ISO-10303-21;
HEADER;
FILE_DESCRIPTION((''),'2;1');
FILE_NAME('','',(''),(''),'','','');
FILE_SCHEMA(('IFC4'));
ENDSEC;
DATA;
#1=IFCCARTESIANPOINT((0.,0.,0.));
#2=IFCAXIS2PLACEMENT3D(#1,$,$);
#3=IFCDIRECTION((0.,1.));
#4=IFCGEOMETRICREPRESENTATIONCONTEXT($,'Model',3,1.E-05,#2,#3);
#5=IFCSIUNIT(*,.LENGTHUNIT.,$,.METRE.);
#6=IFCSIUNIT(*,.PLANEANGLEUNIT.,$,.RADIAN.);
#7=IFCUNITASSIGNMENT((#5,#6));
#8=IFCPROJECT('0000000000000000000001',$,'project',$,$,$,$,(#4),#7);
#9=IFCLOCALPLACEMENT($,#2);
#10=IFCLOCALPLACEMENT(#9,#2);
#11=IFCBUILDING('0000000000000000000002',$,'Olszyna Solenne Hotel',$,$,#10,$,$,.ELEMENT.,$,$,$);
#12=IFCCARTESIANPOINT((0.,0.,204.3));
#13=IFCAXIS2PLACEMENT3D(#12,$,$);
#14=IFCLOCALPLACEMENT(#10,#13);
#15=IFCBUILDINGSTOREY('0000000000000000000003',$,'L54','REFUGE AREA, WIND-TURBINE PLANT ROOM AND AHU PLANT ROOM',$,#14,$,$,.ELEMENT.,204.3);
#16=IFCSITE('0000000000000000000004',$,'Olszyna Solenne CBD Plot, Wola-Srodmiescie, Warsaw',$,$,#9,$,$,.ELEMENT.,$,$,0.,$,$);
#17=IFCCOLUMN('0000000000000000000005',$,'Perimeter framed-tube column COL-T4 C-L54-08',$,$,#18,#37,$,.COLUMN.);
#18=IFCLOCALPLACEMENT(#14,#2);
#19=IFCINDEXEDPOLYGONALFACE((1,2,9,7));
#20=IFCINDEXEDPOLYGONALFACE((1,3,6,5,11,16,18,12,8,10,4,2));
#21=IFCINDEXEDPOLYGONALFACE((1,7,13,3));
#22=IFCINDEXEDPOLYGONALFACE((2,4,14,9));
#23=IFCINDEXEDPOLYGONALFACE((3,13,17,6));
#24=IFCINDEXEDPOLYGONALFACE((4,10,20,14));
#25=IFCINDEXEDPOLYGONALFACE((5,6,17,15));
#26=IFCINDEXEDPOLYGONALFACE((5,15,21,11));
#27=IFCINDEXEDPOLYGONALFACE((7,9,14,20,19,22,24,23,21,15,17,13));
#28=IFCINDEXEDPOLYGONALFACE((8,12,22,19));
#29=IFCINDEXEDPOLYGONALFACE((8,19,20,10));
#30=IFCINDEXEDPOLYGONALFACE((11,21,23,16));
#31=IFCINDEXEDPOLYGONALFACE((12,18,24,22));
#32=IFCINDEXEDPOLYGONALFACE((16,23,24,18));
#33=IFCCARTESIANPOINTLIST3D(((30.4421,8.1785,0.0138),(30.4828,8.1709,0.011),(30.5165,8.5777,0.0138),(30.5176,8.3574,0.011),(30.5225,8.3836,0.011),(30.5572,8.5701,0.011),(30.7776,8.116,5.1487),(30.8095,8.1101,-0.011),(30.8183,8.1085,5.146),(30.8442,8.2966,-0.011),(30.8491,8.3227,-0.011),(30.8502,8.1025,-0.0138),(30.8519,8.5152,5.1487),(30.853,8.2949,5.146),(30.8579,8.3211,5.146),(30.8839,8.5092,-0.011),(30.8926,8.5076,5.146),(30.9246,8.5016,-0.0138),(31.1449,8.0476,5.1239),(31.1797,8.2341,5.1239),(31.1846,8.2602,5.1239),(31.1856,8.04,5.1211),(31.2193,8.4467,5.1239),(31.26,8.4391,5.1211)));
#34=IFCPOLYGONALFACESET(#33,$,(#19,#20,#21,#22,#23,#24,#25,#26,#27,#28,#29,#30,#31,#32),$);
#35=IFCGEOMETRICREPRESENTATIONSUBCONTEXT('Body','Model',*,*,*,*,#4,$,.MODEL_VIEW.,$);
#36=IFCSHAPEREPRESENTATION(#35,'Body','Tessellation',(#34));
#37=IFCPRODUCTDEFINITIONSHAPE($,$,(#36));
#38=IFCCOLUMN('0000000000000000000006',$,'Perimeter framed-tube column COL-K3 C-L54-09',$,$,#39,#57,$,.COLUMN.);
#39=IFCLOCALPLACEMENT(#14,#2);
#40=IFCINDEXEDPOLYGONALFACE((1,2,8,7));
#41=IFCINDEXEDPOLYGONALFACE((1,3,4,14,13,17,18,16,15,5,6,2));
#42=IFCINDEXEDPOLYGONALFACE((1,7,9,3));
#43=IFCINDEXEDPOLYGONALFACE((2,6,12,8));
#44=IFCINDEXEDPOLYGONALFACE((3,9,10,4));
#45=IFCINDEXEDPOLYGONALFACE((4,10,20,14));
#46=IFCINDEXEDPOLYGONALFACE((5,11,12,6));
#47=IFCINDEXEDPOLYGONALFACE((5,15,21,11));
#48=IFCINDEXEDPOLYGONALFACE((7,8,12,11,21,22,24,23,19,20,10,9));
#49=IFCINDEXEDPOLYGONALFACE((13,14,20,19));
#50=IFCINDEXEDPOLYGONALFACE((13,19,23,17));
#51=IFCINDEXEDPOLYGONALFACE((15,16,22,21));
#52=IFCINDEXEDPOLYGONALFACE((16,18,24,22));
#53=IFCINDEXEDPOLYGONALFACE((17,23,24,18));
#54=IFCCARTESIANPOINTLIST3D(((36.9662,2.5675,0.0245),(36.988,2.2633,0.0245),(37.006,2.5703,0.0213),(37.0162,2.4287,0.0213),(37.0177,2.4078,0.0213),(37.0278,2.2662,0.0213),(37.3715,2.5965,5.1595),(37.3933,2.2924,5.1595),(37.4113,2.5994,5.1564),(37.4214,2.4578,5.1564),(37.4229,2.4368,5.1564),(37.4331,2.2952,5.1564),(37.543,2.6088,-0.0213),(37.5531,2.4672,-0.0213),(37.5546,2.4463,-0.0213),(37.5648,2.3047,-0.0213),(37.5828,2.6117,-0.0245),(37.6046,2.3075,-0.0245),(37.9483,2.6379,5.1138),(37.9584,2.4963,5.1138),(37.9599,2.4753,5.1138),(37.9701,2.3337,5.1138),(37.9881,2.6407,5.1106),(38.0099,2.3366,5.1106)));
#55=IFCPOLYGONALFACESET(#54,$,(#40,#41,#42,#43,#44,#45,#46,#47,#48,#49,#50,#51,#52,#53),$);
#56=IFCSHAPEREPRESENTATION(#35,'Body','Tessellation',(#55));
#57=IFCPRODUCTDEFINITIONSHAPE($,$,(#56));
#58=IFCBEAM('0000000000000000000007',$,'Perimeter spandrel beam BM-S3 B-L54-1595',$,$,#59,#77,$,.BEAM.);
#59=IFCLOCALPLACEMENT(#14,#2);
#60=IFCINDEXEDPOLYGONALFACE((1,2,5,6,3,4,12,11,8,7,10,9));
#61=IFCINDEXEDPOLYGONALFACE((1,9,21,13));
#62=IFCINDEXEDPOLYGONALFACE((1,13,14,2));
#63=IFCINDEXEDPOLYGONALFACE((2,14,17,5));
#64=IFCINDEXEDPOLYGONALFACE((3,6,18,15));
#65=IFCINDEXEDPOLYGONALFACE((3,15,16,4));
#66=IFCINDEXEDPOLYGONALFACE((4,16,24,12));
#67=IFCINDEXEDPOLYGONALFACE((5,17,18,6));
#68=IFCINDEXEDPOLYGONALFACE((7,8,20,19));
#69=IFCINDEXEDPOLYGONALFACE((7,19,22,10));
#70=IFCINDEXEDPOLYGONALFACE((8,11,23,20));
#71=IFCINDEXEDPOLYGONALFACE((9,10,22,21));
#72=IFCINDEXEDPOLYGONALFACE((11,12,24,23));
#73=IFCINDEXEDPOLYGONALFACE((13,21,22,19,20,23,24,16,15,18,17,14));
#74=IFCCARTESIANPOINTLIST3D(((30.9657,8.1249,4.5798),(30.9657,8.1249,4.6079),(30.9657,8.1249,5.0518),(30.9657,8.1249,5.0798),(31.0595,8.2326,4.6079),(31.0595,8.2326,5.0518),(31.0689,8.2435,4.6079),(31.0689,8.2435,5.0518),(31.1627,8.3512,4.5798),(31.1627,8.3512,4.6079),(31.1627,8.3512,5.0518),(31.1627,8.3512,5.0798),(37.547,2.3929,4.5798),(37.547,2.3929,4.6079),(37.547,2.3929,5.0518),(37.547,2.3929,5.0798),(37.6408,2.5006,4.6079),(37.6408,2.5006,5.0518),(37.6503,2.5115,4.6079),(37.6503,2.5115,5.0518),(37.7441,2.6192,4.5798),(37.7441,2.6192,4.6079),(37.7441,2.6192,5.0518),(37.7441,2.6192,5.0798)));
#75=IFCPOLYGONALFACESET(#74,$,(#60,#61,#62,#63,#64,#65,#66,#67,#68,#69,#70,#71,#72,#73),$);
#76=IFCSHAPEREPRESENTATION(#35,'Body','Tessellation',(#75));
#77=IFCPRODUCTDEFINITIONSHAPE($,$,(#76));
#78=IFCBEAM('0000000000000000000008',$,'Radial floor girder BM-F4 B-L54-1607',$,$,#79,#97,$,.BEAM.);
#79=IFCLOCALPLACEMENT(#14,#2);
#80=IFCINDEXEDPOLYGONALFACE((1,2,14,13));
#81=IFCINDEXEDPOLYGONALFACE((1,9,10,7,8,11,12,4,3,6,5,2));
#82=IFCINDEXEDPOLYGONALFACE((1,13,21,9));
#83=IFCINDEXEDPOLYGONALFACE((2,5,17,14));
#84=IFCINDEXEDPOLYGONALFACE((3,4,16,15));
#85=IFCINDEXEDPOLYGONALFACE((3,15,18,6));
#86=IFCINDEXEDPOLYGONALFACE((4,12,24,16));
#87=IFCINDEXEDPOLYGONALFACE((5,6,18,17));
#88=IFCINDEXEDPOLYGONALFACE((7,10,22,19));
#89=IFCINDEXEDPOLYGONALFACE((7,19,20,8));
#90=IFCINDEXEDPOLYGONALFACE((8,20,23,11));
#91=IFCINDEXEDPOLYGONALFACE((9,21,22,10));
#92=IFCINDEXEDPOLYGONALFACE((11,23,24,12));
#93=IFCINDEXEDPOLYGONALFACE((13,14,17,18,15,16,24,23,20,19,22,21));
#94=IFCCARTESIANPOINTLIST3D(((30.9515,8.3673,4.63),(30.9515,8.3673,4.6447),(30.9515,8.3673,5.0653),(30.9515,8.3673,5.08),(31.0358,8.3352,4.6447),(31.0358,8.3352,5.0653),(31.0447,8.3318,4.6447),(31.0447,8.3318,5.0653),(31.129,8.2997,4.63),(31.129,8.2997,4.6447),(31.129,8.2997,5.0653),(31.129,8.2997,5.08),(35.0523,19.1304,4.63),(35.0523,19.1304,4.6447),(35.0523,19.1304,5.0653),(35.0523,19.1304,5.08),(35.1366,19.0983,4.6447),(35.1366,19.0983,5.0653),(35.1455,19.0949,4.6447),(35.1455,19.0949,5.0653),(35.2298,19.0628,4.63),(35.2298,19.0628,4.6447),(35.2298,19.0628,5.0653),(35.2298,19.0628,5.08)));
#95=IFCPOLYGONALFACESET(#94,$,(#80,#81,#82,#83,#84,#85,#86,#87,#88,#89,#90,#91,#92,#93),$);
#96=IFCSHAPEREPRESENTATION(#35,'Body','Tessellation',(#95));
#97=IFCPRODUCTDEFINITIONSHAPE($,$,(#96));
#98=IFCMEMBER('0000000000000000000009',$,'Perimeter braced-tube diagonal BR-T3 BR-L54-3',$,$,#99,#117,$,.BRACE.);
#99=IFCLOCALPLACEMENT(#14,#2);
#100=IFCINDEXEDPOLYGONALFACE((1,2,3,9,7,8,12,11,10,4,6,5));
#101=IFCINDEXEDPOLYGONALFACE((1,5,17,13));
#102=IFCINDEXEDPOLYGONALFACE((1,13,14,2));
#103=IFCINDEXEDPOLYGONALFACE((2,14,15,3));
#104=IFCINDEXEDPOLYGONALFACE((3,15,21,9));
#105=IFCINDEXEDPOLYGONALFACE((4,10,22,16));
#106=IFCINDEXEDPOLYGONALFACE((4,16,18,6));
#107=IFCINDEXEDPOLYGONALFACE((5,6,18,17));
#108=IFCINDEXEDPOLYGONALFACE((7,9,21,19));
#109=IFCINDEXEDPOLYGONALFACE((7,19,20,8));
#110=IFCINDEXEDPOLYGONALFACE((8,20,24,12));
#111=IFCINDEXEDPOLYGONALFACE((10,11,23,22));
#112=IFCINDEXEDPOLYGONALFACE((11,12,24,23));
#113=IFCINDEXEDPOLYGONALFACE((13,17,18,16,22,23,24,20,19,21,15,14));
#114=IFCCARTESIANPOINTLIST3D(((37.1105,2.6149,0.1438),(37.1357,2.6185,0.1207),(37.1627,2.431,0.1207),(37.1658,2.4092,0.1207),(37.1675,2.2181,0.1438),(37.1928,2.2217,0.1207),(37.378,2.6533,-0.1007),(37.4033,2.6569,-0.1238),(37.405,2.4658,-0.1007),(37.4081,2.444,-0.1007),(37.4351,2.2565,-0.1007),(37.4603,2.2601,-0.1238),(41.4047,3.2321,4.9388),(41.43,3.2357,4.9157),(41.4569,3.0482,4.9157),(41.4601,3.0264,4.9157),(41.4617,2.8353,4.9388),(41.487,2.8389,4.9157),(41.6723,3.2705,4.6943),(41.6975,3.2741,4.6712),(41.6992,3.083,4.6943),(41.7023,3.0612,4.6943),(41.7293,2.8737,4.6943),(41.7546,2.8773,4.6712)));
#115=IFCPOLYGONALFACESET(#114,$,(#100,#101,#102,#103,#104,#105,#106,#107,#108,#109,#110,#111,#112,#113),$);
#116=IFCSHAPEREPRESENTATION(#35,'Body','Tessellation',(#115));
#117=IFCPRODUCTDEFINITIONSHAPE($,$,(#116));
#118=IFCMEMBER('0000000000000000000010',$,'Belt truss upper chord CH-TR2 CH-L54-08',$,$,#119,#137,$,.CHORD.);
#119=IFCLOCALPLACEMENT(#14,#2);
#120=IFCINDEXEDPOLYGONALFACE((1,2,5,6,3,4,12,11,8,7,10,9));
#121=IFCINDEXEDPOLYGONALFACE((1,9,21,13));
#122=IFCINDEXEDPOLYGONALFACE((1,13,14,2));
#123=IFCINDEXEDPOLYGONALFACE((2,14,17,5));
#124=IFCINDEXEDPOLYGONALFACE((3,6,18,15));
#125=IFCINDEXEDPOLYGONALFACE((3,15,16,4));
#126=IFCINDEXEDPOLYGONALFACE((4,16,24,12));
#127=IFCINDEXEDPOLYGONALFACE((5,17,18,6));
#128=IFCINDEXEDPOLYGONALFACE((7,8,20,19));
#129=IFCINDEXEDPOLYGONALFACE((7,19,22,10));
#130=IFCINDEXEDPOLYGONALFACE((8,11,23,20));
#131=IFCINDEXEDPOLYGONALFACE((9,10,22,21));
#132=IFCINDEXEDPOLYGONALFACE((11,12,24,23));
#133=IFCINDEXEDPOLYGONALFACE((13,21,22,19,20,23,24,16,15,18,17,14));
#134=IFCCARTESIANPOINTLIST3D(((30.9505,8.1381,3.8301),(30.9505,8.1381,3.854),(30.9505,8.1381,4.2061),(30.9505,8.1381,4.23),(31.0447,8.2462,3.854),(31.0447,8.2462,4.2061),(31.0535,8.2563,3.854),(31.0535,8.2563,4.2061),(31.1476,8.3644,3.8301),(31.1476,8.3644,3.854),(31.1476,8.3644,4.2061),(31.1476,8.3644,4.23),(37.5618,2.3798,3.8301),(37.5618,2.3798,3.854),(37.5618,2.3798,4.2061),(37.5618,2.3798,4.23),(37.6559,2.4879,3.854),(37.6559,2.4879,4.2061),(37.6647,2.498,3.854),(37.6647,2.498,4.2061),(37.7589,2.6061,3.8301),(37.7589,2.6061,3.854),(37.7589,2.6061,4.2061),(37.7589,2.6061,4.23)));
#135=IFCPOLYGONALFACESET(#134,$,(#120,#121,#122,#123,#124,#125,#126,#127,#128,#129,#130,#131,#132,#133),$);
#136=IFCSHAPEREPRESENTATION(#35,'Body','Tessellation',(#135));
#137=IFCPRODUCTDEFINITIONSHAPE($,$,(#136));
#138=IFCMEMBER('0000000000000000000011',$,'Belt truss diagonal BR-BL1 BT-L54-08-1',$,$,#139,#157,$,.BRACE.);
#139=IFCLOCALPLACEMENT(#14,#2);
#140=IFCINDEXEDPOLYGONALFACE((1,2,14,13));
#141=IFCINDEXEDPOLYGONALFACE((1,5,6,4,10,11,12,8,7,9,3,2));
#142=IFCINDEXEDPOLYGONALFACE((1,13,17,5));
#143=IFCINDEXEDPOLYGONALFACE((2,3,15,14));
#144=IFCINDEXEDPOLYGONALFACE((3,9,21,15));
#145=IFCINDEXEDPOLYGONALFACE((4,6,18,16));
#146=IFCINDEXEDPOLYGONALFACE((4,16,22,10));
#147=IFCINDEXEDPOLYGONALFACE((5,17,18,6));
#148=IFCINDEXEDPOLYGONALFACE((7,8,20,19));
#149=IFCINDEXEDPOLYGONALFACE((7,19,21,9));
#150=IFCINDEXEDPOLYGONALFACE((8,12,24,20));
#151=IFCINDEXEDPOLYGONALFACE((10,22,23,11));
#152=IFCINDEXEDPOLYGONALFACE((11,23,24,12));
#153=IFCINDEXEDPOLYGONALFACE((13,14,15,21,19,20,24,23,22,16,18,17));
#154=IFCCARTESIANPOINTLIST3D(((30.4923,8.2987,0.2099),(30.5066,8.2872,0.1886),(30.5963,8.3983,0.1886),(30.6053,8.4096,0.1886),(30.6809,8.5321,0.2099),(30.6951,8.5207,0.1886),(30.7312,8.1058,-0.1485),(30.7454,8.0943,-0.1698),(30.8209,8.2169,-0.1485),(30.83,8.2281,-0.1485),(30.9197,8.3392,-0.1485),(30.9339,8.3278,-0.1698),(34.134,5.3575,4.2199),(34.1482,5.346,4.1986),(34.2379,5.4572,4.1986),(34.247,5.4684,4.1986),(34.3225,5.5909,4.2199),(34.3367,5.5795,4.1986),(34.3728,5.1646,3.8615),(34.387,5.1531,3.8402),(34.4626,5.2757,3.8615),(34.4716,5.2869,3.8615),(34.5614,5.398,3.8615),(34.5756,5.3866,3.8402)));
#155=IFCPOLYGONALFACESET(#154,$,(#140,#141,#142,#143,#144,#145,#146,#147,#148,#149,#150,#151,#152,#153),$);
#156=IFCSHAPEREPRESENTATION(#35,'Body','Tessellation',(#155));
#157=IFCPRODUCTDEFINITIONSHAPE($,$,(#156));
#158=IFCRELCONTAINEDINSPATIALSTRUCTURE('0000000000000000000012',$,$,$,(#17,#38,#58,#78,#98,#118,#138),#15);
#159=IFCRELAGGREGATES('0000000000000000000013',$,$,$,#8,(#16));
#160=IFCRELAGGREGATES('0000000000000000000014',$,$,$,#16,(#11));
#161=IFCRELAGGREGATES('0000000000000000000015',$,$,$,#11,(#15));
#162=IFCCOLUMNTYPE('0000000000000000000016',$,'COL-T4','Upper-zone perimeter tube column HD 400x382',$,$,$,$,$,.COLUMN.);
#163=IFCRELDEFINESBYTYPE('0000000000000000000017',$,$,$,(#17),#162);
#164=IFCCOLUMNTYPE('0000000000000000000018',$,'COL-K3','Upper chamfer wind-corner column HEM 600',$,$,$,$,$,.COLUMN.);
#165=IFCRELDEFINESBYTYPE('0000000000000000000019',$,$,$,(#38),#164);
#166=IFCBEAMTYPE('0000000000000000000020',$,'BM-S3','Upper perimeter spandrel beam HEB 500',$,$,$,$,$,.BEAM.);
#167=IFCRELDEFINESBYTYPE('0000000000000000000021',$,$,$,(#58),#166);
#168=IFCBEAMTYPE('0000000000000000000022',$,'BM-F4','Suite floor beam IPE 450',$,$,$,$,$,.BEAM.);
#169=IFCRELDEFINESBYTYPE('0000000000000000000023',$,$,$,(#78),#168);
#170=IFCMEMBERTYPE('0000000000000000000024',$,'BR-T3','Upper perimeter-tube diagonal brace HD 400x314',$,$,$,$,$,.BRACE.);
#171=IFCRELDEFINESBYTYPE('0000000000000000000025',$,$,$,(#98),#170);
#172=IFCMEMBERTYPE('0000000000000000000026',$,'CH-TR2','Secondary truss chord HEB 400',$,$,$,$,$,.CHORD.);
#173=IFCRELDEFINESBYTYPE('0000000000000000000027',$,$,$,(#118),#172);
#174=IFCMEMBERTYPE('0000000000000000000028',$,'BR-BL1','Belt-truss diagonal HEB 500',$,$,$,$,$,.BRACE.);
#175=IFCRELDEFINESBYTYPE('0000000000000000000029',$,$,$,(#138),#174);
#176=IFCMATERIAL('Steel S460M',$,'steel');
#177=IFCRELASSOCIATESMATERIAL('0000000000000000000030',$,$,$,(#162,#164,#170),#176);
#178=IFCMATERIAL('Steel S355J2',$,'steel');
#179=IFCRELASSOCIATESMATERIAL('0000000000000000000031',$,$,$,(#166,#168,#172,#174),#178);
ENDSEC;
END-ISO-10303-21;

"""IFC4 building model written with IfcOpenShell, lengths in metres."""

from ifc_helpers import new_model, si_unit, direction, frame, origin, origin_2d, place, context, subcontext, project, spatial, i_section, extrude, source, transform, mapped, material, material_profile, profile_set, type_object, element, save


model = new_model("IFC4")

# Units and contexts
model_context = context("Model", 3, precision=1e-05, world=origin(), true_north=direction((0.0, 1.0)))
body_context = subcontext(model_context, "Body", "Model", "MODEL_VIEW")
ifc_project = project(units=[si_unit("LENGTHUNIT", "METRE"), si_unit("PLANEANGLEUNIT", "RADIAN")], contexts=[model_context])

# Site, building, storey
site_placement = place(None, origin())
site = spatial("IfcSite", under=ifc_project, at=site_placement, Name="Olszyna Solenne CBD Plot, Wola-Srodmiescie, Warsaw", CompositionType="ELEMENT", RefElevation=0.0)
building_placement = place(site_placement, origin())
building = spatial("IfcBuilding", under=site, at=building_placement, Name="Olszyna Solenne Hotel", CompositionType="ELEMENT")
storey_placement = place(building_placement, frame((0.0, 0.0, 204.3)))
storey = spatial("IfcBuildingStorey", under=building, at=storey_placement, Name="L54", Description="REFUGE AREA, WIND-TURBINE PLANT ROOM AND AHU PLANT ROOM", CompositionType="ELEMENT", Elevation=204.3)

# Columns
ifc_material_1 = material(Name="Steel S460M", Category="steel")
ifc_material_profile_1 = material_profile(ifc_material_1, i_section(OverallWidth=0.406, OverallDepth=0.416, WebThickness=0.0266, FlangeThickness=0.0415, at=origin_2d()), Name="HD 400x382", Category="load-bearing")
ifc_profile_set_1 = profile_set([ifc_material_profile_1], Name="Steel S460M")
column_type_1 = type_object("IfcColumnType", Name="COL-T4", Description="Upper-zone perimeter tube column HD 400x382", PredefinedType="COLUMN", material=ifc_profile_set_1)
shared_shape_1 = source(origin(), body_context, "Body", "SweptSolid", [
    extrude(i_section(OverallWidth=0.406, OverallDepth=0.416, WebThickness=0.0266, FlangeThickness=0.0415, at=origin_2d()), origin(), (0.0, 0.0, 1.0), 5.1462),
])
column_1_placement = place(storey_placement, frame((30.6833, 8.3401, 0.0), z_axis=(0.065182, -0.012145, 0.997799), x_axis=(0.183165, 0.983082, 0.0)))
element("IfcColumn", 1, at=column_1_placement, inside=storey, type_object=column_type_1, Name="Perimeter framed-tube column COL-T4 C-L54-08", PredefinedType="COLUMN", context=body_context, shape_type="MappedRepresentation", body=[
    mapped(shared_shape_1, transform((0.0, 0.0, 0.0), x_axis=(1.0, 0.0, 0.0), y_axis=(0.0, 1.0, 0.0), z_axis=(0.0, 0.0, 1.0), scale=1.0)),
])
ifc_material_profile_2 = material_profile(ifc_material_1, i_section(OverallWidth=0.3049, OverallDepth=0.6201, WebThickness=0.021, FlangeThickness=0.04, at=origin_2d()), Name="HEM 600", Category="load-bearing")
ifc_profile_set_2 = profile_set([ifc_material_profile_2], Name="Steel S460M")
column_type_2 = type_object("IfcColumnType", Name="COL-K3", Description="Upper chamfer wind-corner column HEM 600", PredefinedType="COLUMN", material=ifc_profile_set_2)
shared_shape_2 = source(origin(), body_context, "Body", "SweptSolid", [
    extrude(i_section(OverallWidth=0.3049, OverallDepth=0.6201, WebThickness=0.021, FlangeThickness=0.04, at=origin_2d()), origin(), (0.0, 0.0, 1.0), 5.1511),
])
column_2_placement = place(storey_placement, frame((37.2854, 2.4375, 0.0), z_axis=(0.078678, 0.00564, 0.996884), x_axis=(-0.071503, 0.99744, 0.0)))
element("IfcColumn", 2, at=column_2_placement, inside=storey, type_object=column_type_2, Name="Perimeter framed-tube column COL-K3 C-L54-09", PredefinedType="COLUMN", context=body_context, shape_type="MappedRepresentation", body=[
    mapped(shared_shape_2, transform((0.0, 0.0, 0.0), x_axis=(1.0, 0.0, 0.0), y_axis=(0.0, 1.0, 0.0), z_axis=(0.0, 0.0, 1.0), scale=1.0)),
])

# Beams
ifc_material_2 = material(Name="Steel S355J2", Category="steel")
ifc_material_profile_3 = material_profile(ifc_material_2, i_section(OverallWidth=0.3, OverallDepth=0.5, WebThickness=0.0144, FlangeThickness=0.0281, at=origin_2d()), Name="HEB 500", Category="load-bearing")
ifc_profile_set_3 = profile_set([ifc_material_profile_3], Name="Steel S355J2")
beam_type_1 = type_object("IfcBeamType", Name="BM-S3", Description="Upper perimeter spandrel beam HEB 500", PredefinedType="BEAM", material=ifc_profile_set_3)
shared_shape_3 = source(origin(), body_context, "Body", "SweptSolid", [
    extrude(i_section(OverallWidth=0.3, OverallDepth=0.5, WebThickness=0.0144, FlangeThickness=0.0281, at=origin_2d()), origin(), (0.0, 0.0, 1.0), 8.7275),
])
beam_1_placement = place(storey_placement, frame((31.0642, 8.238, 4.8298), z_axis=(0.754091, -0.65677, 0.0), x_axis=(0.65677, 0.754091, 0.0)))
element("IfcBeam", 3, at=beam_1_placement, inside=storey, type_object=beam_type_1, Name="Perimeter spandrel beam BM-S3 B-L54-1595", PredefinedType="BEAM", context=body_context, shape_type="MappedRepresentation", body=[
    mapped(shared_shape_3, transform((0.0, 0.0, 0.0), x_axis=(1.0, 0.0, 0.0), y_axis=(0.0, 1.0, 0.0), z_axis=(0.0, 0.0, 1.0), scale=1.0)),
])
ifc_material_profile_4 = material_profile(ifc_material_2, i_section(OverallWidth=0.1899, OverallDepth=0.45, WebThickness=0.0095, FlangeThickness=0.0146, at=origin_2d()), Name="IPE 450", Category="load-bearing")
ifc_profile_set_4 = profile_set([ifc_material_profile_4], Name="Steel S355J2")
beam_type_2 = type_object("IfcBeamType", Name="BM-F4", Description="Suite floor beam IPE 450", PredefinedType="BEAM", material=ifc_profile_set_4)
shared_shape_4 = source(origin(), body_context, "Body", "SweptSolid", [
    extrude(i_section(OverallWidth=0.1899, OverallDepth=0.45, WebThickness=0.0095, FlangeThickness=0.0146, at=origin_2d()), origin(), (0.0, 0.0, 1.0), 11.5178),
])
beam_2_placement = place(storey_placement, frame((31.0403, 8.3335, 4.855), z_axis=(0.356039, 0.934471, 0.0), x_axis=(-0.934471, 0.356039, 0.0)))
element("IfcBeam", 4, at=beam_2_placement, inside=storey, type_object=beam_type_2, Name="Radial floor girder BM-F4 B-L54-1607", PredefinedType="BEAM", context=body_context, shape_type="MappedRepresentation", body=[
    mapped(shared_shape_4, transform((0.0, 0.0, 0.0), x_axis=(1.0, 0.0, 0.0), y_axis=(0.0, 1.0, 0.0), z_axis=(0.0, 0.0, 1.0), scale=1.0)),
])

# Members
ifc_material_profile_5 = material_profile(ifc_material_1, i_section(OverallWidth=0.4009, OverallDepth=0.3989, WebThickness=0.022, FlangeThickness=0.0344, at=origin_2d()), Name="HD 400x314", Category="load-bearing")
ifc_profile_set_5 = profile_set([ifc_material_profile_5], Name="Steel S460M")
member_type_1 = type_object("IfcMemberType", Name="BR-T3", Description="Upper perimeter-tube diagonal brace HD 400x314", PredefinedType="BRACE", material=ifc_profile_set_5)
shared_shape_5 = source(origin(), body_context, "Body", "SweptSolid", [
    extrude(i_section(OverallWidth=0.4009, OverallDepth=0.3989, WebThickness=0.022, FlangeThickness=0.0344, at=origin_2d()), origin(), (0.0, 0.0, 1.0), 6.4663),
])
member_1_placement = place(storey_placement, frame((37.2854, 2.4375, 0.01), z_axis=(0.664094, 0.095448, 0.741532), x_axis=(-0.142264, 0.989829, 0.0)))
element("IfcMember", 5, at=member_1_placement, inside=storey, type_object=member_type_1, Name="Perimeter braced-tube diagonal BR-T3 BR-L54-3", PredefinedType="BRACE", context=body_context, shape_type="MappedRepresentation", body=[
    mapped(shared_shape_5, transform((0.0, 0.0, 0.0), x_axis=(1.0, 0.0, 0.0), y_axis=(0.0, 1.0, 0.0), z_axis=(0.0, 0.0, 1.0), scale=1.0)),
])
ifc_material_profile_6 = material_profile(ifc_material_2, i_section(OverallWidth=0.3, OverallDepth=0.3999, WebThickness=0.0134, FlangeThickness=0.0239, at=origin_2d()), Name="HEB 400", Category="load-bearing")
ifc_profile_set_6 = profile_set([ifc_material_profile_6], Name="Steel S355J2")
member_type_2 = type_object("IfcMemberType", Name="CH-TR2", Description="Secondary truss chord HEB 400", PredefinedType="CHORD", material=ifc_profile_set_6)
shared_shape_6 = source(origin(), body_context, "Body", "SweptSolid", [
    extrude(i_section(OverallWidth=0.3, OverallDepth=0.3999, WebThickness=0.0134, FlangeThickness=0.0239, at=origin_2d()), origin(), (0.0, 0.0, 1.0), 8.7673),
])
member_2_placement = place(storey_placement, frame((31.0491, 8.2512, 4.03), z_axis=(0.754079, -0.656784, 0.0), x_axis=(0.656784, 0.754079, 0.0)))
element("IfcMember", 6, at=member_2_placement, inside=storey, type_object=member_type_2, Name="Belt truss upper chord CH-TR2 CH-L54-08", PredefinedType="CHORD", context=body_context, shape_type="MappedRepresentation", body=[
    mapped(shared_shape_6, transform((0.0, 0.0, 0.0), x_axis=(1.0, 0.0, 0.0), y_axis=(0.0, 1.0, 0.0), z_axis=(0.0, 0.0, 1.0), scale=1.0)),
])
ifc_material_profile_7 = material_profile(ifc_material_2, i_section(OverallWidth=0.3, OverallDepth=0.5, WebThickness=0.0144, FlangeThickness=0.0281, at=origin_2d()), Name="HEB 500", Category="load-bearing")
ifc_profile_set_7 = profile_set([ifc_material_profile_7], Name="Steel S355J2")
member_type_3 = type_object("IfcMemberType", Name="BR-BL1", Description="Belt-truss diagonal HEB 500", PredefinedType="BRACE", material=ifc_profile_set_7)
shared_shape_7 = source(origin(), body_context, "Body", "SweptSolid", [
    extrude(i_section(OverallWidth=0.3, OverallDepth=0.5, WebThickness=0.0144, FlangeThickness=0.0281, at=origin_2d()), origin(), (0.0, 0.0, 1.0), 6.1638),
])
member_3_placement = place(storey_placement, frame((30.7131, 8.3132, 0.02), z_axis=(0.590809, -0.477171, 0.650579), x_axis=(0.62832, 0.777955, 0.0)))
element("IfcMember", 7, at=member_3_placement, inside=storey, type_object=member_type_3, Name="Belt truss diagonal BR-BL1 BT-L54-08-1", PredefinedType="BRACE", context=body_context, shape_type="MappedRepresentation", body=[
    mapped(shared_shape_7, transform((0.0, 0.0, 0.0), x_axis=(1.0, 0.0, 0.0), y_axis=(0.0, 1.0, 0.0), z_axis=(0.0, 0.0, 1.0), scale=1.0)),
])

save(model, "model.ifc")
